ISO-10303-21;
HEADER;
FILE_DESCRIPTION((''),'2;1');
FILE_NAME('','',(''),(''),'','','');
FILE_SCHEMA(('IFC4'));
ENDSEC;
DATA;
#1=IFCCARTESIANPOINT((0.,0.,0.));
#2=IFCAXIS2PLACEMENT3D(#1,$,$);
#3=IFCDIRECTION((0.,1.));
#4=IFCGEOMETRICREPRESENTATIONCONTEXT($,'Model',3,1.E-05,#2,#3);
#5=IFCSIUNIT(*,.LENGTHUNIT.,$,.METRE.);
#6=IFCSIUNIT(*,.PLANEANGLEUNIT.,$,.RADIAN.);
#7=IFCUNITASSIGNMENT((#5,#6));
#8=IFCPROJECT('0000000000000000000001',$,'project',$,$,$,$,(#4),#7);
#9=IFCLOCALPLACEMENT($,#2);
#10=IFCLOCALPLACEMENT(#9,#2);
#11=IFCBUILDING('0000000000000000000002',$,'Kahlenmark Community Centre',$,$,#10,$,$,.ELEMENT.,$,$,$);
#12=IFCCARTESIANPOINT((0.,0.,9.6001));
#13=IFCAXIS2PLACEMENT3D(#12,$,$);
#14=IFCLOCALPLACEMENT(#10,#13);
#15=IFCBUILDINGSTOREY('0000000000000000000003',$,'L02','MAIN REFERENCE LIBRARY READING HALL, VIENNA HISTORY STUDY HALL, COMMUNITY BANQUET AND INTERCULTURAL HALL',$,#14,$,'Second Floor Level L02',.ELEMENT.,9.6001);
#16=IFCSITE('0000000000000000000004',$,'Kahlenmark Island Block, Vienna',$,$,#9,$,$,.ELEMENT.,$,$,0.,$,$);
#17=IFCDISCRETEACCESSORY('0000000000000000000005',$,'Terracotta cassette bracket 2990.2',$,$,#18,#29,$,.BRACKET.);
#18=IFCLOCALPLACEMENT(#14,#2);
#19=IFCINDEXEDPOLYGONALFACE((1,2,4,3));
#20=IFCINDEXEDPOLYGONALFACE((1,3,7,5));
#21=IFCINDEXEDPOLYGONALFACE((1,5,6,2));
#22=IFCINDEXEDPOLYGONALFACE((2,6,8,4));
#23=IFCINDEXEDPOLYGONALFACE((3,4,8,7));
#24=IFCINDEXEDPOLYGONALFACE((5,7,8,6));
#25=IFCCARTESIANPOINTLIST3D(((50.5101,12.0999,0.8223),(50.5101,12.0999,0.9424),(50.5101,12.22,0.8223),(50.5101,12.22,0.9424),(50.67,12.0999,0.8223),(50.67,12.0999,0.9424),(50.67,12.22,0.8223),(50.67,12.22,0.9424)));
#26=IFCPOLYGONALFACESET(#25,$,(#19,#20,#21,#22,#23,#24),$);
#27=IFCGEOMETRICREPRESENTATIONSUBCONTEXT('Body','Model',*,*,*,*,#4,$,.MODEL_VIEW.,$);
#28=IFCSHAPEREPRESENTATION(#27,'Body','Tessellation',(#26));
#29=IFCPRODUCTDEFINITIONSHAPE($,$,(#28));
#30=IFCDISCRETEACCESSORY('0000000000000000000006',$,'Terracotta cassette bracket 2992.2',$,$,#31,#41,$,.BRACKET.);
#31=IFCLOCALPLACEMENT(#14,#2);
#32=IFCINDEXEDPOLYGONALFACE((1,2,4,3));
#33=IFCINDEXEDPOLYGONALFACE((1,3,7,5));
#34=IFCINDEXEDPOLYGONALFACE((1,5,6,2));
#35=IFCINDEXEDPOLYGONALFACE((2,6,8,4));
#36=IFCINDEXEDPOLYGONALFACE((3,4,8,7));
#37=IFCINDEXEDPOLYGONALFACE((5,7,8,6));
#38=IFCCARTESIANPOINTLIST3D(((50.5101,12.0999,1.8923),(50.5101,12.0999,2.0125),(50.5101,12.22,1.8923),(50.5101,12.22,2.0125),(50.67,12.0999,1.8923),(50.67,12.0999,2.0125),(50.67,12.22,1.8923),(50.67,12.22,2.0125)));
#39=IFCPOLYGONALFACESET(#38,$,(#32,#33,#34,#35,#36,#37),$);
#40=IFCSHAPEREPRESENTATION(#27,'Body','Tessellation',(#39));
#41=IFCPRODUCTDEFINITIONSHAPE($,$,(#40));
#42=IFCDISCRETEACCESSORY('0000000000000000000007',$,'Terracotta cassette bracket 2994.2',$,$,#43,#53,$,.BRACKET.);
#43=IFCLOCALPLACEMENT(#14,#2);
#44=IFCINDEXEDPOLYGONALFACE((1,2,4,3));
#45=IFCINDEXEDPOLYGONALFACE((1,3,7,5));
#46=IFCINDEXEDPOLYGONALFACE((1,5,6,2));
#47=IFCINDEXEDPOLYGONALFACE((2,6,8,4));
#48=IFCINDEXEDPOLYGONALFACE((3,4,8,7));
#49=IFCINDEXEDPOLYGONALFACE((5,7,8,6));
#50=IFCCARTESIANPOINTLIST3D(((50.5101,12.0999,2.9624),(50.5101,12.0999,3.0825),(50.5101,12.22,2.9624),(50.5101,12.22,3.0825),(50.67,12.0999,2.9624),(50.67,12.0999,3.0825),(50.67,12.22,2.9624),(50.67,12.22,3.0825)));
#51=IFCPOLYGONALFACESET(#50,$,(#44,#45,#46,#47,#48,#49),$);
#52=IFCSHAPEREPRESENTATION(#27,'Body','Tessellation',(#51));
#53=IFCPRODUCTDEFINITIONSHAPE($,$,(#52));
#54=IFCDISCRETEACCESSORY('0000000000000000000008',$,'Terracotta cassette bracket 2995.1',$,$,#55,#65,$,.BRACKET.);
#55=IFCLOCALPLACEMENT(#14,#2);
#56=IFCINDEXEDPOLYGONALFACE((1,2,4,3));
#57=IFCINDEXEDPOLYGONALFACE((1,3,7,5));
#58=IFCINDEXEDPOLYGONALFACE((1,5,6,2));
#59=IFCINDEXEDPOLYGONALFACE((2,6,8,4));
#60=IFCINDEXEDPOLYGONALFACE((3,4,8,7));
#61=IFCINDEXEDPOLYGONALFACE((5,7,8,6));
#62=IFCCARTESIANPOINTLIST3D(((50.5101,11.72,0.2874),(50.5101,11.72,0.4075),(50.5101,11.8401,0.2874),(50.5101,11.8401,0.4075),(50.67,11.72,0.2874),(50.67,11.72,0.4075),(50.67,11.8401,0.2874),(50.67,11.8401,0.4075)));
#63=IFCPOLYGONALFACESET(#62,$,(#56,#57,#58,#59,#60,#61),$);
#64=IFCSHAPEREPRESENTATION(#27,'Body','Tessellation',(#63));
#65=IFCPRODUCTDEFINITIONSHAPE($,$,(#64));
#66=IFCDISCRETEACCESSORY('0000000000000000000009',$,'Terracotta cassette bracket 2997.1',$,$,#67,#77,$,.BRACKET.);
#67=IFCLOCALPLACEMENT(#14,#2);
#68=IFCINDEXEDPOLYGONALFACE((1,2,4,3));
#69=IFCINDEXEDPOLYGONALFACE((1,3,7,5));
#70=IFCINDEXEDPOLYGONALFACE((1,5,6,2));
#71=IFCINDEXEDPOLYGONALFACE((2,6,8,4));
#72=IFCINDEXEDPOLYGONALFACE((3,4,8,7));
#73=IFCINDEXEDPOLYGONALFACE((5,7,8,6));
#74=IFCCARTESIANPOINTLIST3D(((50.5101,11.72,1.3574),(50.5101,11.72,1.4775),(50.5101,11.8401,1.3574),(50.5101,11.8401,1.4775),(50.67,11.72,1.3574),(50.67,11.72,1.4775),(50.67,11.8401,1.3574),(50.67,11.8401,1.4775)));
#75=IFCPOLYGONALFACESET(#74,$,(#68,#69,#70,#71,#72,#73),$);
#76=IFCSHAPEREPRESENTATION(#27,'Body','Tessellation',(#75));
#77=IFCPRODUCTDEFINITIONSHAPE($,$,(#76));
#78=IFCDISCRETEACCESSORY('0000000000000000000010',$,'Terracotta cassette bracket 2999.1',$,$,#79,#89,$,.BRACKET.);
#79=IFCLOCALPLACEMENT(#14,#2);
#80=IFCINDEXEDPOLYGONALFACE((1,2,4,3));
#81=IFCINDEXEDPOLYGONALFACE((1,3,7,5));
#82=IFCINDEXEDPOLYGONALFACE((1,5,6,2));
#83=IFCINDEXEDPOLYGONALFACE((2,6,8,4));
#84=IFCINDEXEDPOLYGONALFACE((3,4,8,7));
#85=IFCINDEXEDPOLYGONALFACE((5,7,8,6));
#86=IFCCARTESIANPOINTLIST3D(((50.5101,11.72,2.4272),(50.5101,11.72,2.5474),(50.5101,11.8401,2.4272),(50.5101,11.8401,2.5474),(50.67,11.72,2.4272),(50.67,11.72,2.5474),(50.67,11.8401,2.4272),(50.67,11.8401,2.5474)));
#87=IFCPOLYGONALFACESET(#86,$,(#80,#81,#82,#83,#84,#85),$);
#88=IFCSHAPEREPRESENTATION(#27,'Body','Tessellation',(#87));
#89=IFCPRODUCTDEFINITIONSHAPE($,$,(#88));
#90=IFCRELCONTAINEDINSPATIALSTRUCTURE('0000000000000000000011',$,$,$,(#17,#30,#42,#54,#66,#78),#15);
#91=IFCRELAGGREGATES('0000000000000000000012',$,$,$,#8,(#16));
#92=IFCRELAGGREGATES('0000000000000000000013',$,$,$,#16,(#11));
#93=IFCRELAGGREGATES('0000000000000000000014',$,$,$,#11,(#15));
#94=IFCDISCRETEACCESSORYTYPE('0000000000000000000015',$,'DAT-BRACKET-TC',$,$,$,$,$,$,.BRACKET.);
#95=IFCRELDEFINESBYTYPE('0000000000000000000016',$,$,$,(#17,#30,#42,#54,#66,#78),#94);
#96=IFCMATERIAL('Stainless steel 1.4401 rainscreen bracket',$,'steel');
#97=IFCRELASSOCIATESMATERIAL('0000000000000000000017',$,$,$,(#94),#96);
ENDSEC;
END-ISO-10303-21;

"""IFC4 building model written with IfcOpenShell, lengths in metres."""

from ifc_helpers import new_model, si_unit, direction, frame, origin, origin_2d, place, context, subcontext, project, spatial, rectangle, extrude, material, type_object, element, save


model = new_model("IFC4")

# Units and contexts
model_context = context("Model", 3, precision=1e-05, world=origin(), true_north=direction((0.0, 1.0)))
body_context = subcontext(model_context, "Body", "Model", "MODEL_VIEW")
ifc_project = project(units=[si_unit("LENGTHUNIT", "METRE"), si_unit("PLANEANGLEUNIT", "RADIAN")], contexts=[model_context])

# Site, building, storey
site_placement = place(None, origin())
site = spatial("IfcSite", under=ifc_project, at=site_placement, Name="Kahlenmark Island Block, Vienna", CompositionType="ELEMENT", RefElevation=0.0)
building_placement = place(site_placement, origin())
building = spatial("IfcBuilding", under=site, at=building_placement, Name="Kahlenmark Community Centre", CompositionType="ELEMENT")
storey_placement = place(building_placement, frame((0.0, 0.0, 9.6001)))
storey = spatial("IfcBuildingStorey", under=building, at=storey_placement, Name="L02", Description="MAIN REFERENCE LIBRARY READING HALL, VIENNA HISTORY STUDY HALL, COMMUNITY BANQUET AND INTERCULTURAL HALL", LongName="Second Floor Level L02", CompositionType="ELEMENT", Elevation=9.6001)

# Discrete accessories
ifc_material_1 = material(Name="Stainless steel 1.4401 rainscreen bracket", Category="steel")
discrete_accessory_type = type_object("IfcDiscreteAccessoryType", Name="DAT-BRACKET-TC", PredefinedType="BRACKET", material=ifc_material_1)
for number, where, z_axis, x_axis, name in (
    (1, (50.5901, 12.1599, 0.8223), (0.0, 0.0, 1.0), (0.0, -1.0, 0.0), "Terracotta cassette bracket 2990.2"),
    (2, (50.5901, 12.1599, 1.8923), (0.0, 0.0, 1.0), (0.0, -1.0, 0.0), "Terracotta cassette bracket 2992.2"),
    (3, (50.5901, 12.1599, 2.9624), (0.0, 0.0, 1.0), (0.0, -1.0, 0.0), "Terracotta cassette bracket 2994.2"),
    (4, (50.5901, 11.78, 0.2874), (0.0, 0.0, 1.0), (0.0, -1.0, 0.0), "Terracotta cassette bracket 2995.1"),
    (5, (50.5901, 11.78, 1.3574), (0.0, 0.0, 1.0), (0.0, -1.0, 0.0), "Terracotta cassette bracket 2997.1"),
    (6, (50.5901, 11.78, 2.4272), (0.0, 0.0, 1.0), (0.0, -1.0, 0.0), "Terracotta cassette bracket 2999.1"),
):
    element("IfcDiscreteAccessory", number, at=place(storey_placement, frame(where, z_axis=z_axis, x_axis=x_axis)), inside=storey, type_object=discrete_accessory_type, Name=name, PredefinedType="BRACKET", context=body_context, shape_type="SweptSolid", body=[
        extrude(rectangle(XDim=0.1201, YDim=0.1599, at=origin_2d()), origin(), (0.0, 0.0, 1.0), 0.1201),
    ])

save(model, "model.ifc")
